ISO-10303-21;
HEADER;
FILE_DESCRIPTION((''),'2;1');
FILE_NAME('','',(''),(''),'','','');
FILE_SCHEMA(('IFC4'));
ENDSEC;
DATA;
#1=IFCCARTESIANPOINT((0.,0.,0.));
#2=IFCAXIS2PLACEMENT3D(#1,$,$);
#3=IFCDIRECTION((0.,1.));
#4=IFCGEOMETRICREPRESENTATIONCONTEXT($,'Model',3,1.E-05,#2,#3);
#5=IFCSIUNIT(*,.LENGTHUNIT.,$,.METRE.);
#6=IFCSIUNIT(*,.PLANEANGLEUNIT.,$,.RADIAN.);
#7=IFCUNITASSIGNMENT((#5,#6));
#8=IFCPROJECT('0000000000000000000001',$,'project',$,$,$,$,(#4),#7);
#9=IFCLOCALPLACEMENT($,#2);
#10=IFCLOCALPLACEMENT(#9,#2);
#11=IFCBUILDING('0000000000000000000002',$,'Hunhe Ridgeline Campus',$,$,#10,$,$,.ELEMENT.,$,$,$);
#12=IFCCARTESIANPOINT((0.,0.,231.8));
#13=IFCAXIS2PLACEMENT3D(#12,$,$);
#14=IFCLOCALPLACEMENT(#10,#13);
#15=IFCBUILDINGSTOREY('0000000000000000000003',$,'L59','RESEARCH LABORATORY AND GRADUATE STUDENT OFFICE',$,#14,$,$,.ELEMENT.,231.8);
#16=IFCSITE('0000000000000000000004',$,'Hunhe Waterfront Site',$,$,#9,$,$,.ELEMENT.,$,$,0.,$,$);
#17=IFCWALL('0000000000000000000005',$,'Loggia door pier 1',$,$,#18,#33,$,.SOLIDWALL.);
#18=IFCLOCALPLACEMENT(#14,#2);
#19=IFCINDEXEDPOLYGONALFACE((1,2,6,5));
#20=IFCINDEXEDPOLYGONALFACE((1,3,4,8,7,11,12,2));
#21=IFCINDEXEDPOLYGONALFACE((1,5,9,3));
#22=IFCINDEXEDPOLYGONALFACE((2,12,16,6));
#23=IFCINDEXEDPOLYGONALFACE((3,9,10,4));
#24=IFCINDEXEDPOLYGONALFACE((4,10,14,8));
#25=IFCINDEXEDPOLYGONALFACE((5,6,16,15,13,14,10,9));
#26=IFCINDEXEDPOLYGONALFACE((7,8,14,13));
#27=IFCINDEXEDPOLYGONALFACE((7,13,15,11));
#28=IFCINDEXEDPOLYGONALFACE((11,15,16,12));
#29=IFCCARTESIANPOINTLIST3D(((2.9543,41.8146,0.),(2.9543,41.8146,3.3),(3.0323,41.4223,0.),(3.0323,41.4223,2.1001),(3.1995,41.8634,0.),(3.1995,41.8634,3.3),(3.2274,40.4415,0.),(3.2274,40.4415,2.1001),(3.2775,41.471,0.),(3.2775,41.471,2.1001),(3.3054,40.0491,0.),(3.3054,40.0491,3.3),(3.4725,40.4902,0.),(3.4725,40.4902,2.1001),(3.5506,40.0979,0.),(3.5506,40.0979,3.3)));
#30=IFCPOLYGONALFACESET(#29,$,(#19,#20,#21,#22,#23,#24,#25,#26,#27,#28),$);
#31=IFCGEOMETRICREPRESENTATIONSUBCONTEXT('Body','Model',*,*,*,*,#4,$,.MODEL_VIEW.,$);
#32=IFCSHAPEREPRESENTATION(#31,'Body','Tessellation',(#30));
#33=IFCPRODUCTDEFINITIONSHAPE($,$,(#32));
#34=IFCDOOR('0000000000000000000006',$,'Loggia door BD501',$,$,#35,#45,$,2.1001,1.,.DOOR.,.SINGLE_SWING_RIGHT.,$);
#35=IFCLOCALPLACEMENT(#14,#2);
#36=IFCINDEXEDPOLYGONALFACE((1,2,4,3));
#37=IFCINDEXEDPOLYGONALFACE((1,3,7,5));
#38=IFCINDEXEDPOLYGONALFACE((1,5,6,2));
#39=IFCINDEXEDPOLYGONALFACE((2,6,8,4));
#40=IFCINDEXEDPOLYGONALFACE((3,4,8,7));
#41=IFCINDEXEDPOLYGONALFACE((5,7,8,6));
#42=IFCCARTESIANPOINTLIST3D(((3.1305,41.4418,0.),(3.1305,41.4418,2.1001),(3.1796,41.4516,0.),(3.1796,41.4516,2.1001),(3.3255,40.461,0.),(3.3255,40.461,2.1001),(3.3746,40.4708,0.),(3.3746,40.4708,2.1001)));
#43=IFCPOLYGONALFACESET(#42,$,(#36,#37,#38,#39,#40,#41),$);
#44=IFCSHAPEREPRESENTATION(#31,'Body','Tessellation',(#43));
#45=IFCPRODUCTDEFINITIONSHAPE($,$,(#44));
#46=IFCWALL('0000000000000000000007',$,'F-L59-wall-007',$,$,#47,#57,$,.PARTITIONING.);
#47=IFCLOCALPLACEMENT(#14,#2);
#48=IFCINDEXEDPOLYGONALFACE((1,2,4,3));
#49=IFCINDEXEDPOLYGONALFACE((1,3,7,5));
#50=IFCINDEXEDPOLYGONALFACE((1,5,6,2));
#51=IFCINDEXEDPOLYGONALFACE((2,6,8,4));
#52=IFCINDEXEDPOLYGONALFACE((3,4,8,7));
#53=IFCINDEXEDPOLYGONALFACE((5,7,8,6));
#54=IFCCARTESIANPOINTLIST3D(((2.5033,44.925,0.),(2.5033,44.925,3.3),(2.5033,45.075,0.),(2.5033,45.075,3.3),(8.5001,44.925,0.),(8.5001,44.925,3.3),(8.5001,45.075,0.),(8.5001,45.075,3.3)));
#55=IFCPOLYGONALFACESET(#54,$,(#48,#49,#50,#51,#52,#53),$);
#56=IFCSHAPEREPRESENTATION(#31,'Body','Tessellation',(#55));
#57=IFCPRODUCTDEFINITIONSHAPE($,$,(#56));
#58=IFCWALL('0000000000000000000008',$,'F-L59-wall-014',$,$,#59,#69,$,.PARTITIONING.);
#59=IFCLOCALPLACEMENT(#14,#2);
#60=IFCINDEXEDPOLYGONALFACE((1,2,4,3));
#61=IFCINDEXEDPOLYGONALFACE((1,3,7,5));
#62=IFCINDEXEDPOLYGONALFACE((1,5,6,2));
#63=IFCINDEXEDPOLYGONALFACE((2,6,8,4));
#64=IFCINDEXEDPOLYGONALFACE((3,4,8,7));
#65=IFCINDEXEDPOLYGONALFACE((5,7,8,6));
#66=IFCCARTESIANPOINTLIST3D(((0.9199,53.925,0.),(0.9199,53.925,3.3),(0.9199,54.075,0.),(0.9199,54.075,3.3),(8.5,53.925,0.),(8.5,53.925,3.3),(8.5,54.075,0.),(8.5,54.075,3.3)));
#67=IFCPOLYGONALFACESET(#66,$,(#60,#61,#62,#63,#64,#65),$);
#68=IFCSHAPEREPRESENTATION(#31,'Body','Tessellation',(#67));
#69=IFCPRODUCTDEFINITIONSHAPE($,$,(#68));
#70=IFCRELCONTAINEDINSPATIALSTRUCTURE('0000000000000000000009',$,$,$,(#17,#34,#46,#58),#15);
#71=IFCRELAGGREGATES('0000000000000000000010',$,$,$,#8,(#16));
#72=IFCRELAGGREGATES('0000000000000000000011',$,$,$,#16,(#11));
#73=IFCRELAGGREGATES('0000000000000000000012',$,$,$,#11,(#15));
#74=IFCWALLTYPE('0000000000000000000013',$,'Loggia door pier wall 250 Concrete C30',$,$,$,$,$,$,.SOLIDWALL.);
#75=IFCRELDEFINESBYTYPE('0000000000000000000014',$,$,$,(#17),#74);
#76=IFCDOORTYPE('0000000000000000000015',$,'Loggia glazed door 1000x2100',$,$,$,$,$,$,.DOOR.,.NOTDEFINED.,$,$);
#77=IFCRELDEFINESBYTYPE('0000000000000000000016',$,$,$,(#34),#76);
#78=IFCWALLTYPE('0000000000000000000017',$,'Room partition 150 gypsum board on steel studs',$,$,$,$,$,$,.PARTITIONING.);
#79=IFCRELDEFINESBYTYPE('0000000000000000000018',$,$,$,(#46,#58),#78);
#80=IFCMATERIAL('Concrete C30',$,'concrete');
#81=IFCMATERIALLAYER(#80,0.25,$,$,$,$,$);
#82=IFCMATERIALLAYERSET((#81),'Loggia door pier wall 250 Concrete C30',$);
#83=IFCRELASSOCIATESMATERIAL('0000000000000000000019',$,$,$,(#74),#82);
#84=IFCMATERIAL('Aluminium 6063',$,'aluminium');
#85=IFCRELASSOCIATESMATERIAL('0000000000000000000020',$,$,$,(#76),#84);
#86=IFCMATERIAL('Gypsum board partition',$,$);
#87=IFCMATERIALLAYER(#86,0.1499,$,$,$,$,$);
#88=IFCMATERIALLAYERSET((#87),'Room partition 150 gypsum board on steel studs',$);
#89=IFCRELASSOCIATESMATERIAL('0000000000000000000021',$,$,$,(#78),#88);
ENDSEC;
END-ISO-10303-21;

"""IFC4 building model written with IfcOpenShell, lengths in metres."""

from ifc_helpers import new_model, si_unit, direction, frame, frame_2d, origin, place, context, subcontext, project, spatial, rectangle, extrude, material, layer, layer_set, type_object, element, fill, save


model = new_model("IFC4")

# Units and contexts
model_context = context("Model", 3, precision=1e-05, world=origin(), true_north=direction((0.0, 1.0)))
body_context = subcontext(model_context, "Body", "Model", "MODEL_VIEW")
ifc_project = project(units=[si_unit("LENGTHUNIT", "METRE"), si_unit("PLANEANGLEUNIT", "RADIAN")], contexts=[model_context])

# Site, building, storey
site_placement = place(None, origin())
site = spatial("IfcSite", under=ifc_project, at=site_placement, Name="Hunhe Waterfront Site", CompositionType="ELEMENT", RefElevation=0.0)
building_placement = place(site_placement, origin())
building = spatial("IfcBuilding", under=site, at=building_placement, Name="Hunhe Ridgeline Campus", CompositionType="ELEMENT")
storey_placement = place(building_placement, frame((0.0, 0.0, 231.8)))
storey = spatial("IfcBuildingStorey", under=building, at=storey_placement, Name="L59", Description="RESEARCH LABORATORY AND GRADUATE STUDENT OFFICE", CompositionType="ELEMENT", Elevation=231.8)

# Shared definitions
ifc_material_1 = material(Name="Aluminium 6063", Category="aluminium")

# Shared definitions
ifc_material_2 = material(Name="Concrete C30", Category="concrete")

# Wall, opening, door
ifc_layer_1 = layer(ifc_material_2, 0.25)
ifc_layer_set_1 = layer_set([ifc_layer_1], Name="Loggia door pier wall 250 Concrete C30")
wall_type_1 = type_object("IfcWallType", Name="Loggia door pier wall 250 Concrete C30", PredefinedType="SOLIDWALL", material=ifc_layer_set_1)
wall_1_placement = place(storey_placement, frame((3.0769, 41.8389, 0.0), z_axis=(0.0, 0.0, 1.0), x_axis=(0.195047, -0.980794, 0.0)))
wall_1 = element("IfcWall", 1, at=wall_1_placement, inside=storey, type_object=wall_type_1, Name="Loggia door pier 1", PredefinedType="SOLIDWALL", context=body_context, shape_type="SweptSolid", body=[
    extrude(rectangle(XDim=1.8, YDim=0.25, at=frame_2d((0.8999, 0.0))), origin(), (0.0, 0.0, 1.0), 3.3),
])
opening_placement = place(wall_1_placement, frame((0.3999, 0.0, 0.0)))
opening = element("IfcOpeningElement", 2, at=opening_placement, cuts=wall_1, PredefinedType="OPENING", context=body_context, shape_type="SweptSolid", body=[
    extrude(rectangle(XDim=1.0, YDim=2.1001, at=frame_2d((0.5, 1.05))), frame((0.0, 0.125, 0.0), z_axis=(0.0, -1.0, 0.0), x_axis=(1.0, 0.0, 0.0)), (0.0, 0.0, 1.0), 0.25),
])
door_type = type_object("IfcDoorType", Name="Loggia glazed door 1000x2100", OperationType="NOTDEFINED", PredefinedType="DOOR", material=ifc_material_1)
door_placement = place(opening_placement, frame((1.0, 0.0, 0.0), z_axis=(0.0, 0.0, 1.0), x_axis=(-1.0, 0.0, 0.0)))
door = element("IfcDoor", 3, at=door_placement, inside=storey, type_object=door_type, Name="Loggia door BD501", OperationType="SINGLE_SWING_RIGHT", OverallHeight=2.1001, OverallWidth=1.0, PredefinedType="DOOR", context=body_context, shape_type="SweptSolid", body=[
    extrude(rectangle(XDim=1.0, YDim=2.1001, at=frame_2d((0.5, 1.05))), frame((0.0, 0.0249, 0.0), z_axis=(0.0, -1.0, 0.0), x_axis=(1.0, 0.0, 0.0)), (0.0, 0.0, 1.0), 0.05),
])
fill(opening, door)

# Walls
ifc_material_3 = material(Name="Gypsum board partition")
ifc_layer_2 = layer(ifc_material_3, 0.1499)
ifc_layer_set_2 = layer_set([ifc_layer_2], Name="Room partition 150 gypsum board on steel studs")
wall_type_2 = type_object("IfcWallType", Name="Room partition 150 gypsum board on steel studs", PredefinedType="PARTITIONING", material=ifc_layer_set_2)
wall_2_placement = place(storey_placement, frame((2.5032, 45.0, 0.0), z_axis=(0.0, 0.0, 1.0), x_axis=(1.0, 0.0, 0.0)))
element("IfcWall", 4, at=wall_2_placement, inside=storey, type_object=wall_type_2, Name="F-L59-wall-007", PredefinedType="PARTITIONING", context=body_context, shape_type="SweptSolid", body=[
    extrude(rectangle(XDim=5.9968, YDim=0.1499, at=frame_2d((2.9985, 0.0))), origin(), (0.0, 0.0, 1.0), 3.3),
])
wall_3_placement = place(storey_placement, frame((0.9199, 54.0, 0.0), z_axis=(0.0, 0.0, 1.0), x_axis=(1.0, 0.0, 0.0)))
element("IfcWall", 5, at=wall_3_placement, inside=storey, type_object=wall_type_2, Name="F-L59-wall-014", PredefinedType="PARTITIONING", context=body_context, shape_type="SweptSolid", body=[
    extrude(rectangle(XDim=7.5801, YDim=0.1499, at=frame_2d((3.79, 0.0))), origin(), (0.0, 0.0, 1.0), 3.3),
])

save(model, "model.ifc")
